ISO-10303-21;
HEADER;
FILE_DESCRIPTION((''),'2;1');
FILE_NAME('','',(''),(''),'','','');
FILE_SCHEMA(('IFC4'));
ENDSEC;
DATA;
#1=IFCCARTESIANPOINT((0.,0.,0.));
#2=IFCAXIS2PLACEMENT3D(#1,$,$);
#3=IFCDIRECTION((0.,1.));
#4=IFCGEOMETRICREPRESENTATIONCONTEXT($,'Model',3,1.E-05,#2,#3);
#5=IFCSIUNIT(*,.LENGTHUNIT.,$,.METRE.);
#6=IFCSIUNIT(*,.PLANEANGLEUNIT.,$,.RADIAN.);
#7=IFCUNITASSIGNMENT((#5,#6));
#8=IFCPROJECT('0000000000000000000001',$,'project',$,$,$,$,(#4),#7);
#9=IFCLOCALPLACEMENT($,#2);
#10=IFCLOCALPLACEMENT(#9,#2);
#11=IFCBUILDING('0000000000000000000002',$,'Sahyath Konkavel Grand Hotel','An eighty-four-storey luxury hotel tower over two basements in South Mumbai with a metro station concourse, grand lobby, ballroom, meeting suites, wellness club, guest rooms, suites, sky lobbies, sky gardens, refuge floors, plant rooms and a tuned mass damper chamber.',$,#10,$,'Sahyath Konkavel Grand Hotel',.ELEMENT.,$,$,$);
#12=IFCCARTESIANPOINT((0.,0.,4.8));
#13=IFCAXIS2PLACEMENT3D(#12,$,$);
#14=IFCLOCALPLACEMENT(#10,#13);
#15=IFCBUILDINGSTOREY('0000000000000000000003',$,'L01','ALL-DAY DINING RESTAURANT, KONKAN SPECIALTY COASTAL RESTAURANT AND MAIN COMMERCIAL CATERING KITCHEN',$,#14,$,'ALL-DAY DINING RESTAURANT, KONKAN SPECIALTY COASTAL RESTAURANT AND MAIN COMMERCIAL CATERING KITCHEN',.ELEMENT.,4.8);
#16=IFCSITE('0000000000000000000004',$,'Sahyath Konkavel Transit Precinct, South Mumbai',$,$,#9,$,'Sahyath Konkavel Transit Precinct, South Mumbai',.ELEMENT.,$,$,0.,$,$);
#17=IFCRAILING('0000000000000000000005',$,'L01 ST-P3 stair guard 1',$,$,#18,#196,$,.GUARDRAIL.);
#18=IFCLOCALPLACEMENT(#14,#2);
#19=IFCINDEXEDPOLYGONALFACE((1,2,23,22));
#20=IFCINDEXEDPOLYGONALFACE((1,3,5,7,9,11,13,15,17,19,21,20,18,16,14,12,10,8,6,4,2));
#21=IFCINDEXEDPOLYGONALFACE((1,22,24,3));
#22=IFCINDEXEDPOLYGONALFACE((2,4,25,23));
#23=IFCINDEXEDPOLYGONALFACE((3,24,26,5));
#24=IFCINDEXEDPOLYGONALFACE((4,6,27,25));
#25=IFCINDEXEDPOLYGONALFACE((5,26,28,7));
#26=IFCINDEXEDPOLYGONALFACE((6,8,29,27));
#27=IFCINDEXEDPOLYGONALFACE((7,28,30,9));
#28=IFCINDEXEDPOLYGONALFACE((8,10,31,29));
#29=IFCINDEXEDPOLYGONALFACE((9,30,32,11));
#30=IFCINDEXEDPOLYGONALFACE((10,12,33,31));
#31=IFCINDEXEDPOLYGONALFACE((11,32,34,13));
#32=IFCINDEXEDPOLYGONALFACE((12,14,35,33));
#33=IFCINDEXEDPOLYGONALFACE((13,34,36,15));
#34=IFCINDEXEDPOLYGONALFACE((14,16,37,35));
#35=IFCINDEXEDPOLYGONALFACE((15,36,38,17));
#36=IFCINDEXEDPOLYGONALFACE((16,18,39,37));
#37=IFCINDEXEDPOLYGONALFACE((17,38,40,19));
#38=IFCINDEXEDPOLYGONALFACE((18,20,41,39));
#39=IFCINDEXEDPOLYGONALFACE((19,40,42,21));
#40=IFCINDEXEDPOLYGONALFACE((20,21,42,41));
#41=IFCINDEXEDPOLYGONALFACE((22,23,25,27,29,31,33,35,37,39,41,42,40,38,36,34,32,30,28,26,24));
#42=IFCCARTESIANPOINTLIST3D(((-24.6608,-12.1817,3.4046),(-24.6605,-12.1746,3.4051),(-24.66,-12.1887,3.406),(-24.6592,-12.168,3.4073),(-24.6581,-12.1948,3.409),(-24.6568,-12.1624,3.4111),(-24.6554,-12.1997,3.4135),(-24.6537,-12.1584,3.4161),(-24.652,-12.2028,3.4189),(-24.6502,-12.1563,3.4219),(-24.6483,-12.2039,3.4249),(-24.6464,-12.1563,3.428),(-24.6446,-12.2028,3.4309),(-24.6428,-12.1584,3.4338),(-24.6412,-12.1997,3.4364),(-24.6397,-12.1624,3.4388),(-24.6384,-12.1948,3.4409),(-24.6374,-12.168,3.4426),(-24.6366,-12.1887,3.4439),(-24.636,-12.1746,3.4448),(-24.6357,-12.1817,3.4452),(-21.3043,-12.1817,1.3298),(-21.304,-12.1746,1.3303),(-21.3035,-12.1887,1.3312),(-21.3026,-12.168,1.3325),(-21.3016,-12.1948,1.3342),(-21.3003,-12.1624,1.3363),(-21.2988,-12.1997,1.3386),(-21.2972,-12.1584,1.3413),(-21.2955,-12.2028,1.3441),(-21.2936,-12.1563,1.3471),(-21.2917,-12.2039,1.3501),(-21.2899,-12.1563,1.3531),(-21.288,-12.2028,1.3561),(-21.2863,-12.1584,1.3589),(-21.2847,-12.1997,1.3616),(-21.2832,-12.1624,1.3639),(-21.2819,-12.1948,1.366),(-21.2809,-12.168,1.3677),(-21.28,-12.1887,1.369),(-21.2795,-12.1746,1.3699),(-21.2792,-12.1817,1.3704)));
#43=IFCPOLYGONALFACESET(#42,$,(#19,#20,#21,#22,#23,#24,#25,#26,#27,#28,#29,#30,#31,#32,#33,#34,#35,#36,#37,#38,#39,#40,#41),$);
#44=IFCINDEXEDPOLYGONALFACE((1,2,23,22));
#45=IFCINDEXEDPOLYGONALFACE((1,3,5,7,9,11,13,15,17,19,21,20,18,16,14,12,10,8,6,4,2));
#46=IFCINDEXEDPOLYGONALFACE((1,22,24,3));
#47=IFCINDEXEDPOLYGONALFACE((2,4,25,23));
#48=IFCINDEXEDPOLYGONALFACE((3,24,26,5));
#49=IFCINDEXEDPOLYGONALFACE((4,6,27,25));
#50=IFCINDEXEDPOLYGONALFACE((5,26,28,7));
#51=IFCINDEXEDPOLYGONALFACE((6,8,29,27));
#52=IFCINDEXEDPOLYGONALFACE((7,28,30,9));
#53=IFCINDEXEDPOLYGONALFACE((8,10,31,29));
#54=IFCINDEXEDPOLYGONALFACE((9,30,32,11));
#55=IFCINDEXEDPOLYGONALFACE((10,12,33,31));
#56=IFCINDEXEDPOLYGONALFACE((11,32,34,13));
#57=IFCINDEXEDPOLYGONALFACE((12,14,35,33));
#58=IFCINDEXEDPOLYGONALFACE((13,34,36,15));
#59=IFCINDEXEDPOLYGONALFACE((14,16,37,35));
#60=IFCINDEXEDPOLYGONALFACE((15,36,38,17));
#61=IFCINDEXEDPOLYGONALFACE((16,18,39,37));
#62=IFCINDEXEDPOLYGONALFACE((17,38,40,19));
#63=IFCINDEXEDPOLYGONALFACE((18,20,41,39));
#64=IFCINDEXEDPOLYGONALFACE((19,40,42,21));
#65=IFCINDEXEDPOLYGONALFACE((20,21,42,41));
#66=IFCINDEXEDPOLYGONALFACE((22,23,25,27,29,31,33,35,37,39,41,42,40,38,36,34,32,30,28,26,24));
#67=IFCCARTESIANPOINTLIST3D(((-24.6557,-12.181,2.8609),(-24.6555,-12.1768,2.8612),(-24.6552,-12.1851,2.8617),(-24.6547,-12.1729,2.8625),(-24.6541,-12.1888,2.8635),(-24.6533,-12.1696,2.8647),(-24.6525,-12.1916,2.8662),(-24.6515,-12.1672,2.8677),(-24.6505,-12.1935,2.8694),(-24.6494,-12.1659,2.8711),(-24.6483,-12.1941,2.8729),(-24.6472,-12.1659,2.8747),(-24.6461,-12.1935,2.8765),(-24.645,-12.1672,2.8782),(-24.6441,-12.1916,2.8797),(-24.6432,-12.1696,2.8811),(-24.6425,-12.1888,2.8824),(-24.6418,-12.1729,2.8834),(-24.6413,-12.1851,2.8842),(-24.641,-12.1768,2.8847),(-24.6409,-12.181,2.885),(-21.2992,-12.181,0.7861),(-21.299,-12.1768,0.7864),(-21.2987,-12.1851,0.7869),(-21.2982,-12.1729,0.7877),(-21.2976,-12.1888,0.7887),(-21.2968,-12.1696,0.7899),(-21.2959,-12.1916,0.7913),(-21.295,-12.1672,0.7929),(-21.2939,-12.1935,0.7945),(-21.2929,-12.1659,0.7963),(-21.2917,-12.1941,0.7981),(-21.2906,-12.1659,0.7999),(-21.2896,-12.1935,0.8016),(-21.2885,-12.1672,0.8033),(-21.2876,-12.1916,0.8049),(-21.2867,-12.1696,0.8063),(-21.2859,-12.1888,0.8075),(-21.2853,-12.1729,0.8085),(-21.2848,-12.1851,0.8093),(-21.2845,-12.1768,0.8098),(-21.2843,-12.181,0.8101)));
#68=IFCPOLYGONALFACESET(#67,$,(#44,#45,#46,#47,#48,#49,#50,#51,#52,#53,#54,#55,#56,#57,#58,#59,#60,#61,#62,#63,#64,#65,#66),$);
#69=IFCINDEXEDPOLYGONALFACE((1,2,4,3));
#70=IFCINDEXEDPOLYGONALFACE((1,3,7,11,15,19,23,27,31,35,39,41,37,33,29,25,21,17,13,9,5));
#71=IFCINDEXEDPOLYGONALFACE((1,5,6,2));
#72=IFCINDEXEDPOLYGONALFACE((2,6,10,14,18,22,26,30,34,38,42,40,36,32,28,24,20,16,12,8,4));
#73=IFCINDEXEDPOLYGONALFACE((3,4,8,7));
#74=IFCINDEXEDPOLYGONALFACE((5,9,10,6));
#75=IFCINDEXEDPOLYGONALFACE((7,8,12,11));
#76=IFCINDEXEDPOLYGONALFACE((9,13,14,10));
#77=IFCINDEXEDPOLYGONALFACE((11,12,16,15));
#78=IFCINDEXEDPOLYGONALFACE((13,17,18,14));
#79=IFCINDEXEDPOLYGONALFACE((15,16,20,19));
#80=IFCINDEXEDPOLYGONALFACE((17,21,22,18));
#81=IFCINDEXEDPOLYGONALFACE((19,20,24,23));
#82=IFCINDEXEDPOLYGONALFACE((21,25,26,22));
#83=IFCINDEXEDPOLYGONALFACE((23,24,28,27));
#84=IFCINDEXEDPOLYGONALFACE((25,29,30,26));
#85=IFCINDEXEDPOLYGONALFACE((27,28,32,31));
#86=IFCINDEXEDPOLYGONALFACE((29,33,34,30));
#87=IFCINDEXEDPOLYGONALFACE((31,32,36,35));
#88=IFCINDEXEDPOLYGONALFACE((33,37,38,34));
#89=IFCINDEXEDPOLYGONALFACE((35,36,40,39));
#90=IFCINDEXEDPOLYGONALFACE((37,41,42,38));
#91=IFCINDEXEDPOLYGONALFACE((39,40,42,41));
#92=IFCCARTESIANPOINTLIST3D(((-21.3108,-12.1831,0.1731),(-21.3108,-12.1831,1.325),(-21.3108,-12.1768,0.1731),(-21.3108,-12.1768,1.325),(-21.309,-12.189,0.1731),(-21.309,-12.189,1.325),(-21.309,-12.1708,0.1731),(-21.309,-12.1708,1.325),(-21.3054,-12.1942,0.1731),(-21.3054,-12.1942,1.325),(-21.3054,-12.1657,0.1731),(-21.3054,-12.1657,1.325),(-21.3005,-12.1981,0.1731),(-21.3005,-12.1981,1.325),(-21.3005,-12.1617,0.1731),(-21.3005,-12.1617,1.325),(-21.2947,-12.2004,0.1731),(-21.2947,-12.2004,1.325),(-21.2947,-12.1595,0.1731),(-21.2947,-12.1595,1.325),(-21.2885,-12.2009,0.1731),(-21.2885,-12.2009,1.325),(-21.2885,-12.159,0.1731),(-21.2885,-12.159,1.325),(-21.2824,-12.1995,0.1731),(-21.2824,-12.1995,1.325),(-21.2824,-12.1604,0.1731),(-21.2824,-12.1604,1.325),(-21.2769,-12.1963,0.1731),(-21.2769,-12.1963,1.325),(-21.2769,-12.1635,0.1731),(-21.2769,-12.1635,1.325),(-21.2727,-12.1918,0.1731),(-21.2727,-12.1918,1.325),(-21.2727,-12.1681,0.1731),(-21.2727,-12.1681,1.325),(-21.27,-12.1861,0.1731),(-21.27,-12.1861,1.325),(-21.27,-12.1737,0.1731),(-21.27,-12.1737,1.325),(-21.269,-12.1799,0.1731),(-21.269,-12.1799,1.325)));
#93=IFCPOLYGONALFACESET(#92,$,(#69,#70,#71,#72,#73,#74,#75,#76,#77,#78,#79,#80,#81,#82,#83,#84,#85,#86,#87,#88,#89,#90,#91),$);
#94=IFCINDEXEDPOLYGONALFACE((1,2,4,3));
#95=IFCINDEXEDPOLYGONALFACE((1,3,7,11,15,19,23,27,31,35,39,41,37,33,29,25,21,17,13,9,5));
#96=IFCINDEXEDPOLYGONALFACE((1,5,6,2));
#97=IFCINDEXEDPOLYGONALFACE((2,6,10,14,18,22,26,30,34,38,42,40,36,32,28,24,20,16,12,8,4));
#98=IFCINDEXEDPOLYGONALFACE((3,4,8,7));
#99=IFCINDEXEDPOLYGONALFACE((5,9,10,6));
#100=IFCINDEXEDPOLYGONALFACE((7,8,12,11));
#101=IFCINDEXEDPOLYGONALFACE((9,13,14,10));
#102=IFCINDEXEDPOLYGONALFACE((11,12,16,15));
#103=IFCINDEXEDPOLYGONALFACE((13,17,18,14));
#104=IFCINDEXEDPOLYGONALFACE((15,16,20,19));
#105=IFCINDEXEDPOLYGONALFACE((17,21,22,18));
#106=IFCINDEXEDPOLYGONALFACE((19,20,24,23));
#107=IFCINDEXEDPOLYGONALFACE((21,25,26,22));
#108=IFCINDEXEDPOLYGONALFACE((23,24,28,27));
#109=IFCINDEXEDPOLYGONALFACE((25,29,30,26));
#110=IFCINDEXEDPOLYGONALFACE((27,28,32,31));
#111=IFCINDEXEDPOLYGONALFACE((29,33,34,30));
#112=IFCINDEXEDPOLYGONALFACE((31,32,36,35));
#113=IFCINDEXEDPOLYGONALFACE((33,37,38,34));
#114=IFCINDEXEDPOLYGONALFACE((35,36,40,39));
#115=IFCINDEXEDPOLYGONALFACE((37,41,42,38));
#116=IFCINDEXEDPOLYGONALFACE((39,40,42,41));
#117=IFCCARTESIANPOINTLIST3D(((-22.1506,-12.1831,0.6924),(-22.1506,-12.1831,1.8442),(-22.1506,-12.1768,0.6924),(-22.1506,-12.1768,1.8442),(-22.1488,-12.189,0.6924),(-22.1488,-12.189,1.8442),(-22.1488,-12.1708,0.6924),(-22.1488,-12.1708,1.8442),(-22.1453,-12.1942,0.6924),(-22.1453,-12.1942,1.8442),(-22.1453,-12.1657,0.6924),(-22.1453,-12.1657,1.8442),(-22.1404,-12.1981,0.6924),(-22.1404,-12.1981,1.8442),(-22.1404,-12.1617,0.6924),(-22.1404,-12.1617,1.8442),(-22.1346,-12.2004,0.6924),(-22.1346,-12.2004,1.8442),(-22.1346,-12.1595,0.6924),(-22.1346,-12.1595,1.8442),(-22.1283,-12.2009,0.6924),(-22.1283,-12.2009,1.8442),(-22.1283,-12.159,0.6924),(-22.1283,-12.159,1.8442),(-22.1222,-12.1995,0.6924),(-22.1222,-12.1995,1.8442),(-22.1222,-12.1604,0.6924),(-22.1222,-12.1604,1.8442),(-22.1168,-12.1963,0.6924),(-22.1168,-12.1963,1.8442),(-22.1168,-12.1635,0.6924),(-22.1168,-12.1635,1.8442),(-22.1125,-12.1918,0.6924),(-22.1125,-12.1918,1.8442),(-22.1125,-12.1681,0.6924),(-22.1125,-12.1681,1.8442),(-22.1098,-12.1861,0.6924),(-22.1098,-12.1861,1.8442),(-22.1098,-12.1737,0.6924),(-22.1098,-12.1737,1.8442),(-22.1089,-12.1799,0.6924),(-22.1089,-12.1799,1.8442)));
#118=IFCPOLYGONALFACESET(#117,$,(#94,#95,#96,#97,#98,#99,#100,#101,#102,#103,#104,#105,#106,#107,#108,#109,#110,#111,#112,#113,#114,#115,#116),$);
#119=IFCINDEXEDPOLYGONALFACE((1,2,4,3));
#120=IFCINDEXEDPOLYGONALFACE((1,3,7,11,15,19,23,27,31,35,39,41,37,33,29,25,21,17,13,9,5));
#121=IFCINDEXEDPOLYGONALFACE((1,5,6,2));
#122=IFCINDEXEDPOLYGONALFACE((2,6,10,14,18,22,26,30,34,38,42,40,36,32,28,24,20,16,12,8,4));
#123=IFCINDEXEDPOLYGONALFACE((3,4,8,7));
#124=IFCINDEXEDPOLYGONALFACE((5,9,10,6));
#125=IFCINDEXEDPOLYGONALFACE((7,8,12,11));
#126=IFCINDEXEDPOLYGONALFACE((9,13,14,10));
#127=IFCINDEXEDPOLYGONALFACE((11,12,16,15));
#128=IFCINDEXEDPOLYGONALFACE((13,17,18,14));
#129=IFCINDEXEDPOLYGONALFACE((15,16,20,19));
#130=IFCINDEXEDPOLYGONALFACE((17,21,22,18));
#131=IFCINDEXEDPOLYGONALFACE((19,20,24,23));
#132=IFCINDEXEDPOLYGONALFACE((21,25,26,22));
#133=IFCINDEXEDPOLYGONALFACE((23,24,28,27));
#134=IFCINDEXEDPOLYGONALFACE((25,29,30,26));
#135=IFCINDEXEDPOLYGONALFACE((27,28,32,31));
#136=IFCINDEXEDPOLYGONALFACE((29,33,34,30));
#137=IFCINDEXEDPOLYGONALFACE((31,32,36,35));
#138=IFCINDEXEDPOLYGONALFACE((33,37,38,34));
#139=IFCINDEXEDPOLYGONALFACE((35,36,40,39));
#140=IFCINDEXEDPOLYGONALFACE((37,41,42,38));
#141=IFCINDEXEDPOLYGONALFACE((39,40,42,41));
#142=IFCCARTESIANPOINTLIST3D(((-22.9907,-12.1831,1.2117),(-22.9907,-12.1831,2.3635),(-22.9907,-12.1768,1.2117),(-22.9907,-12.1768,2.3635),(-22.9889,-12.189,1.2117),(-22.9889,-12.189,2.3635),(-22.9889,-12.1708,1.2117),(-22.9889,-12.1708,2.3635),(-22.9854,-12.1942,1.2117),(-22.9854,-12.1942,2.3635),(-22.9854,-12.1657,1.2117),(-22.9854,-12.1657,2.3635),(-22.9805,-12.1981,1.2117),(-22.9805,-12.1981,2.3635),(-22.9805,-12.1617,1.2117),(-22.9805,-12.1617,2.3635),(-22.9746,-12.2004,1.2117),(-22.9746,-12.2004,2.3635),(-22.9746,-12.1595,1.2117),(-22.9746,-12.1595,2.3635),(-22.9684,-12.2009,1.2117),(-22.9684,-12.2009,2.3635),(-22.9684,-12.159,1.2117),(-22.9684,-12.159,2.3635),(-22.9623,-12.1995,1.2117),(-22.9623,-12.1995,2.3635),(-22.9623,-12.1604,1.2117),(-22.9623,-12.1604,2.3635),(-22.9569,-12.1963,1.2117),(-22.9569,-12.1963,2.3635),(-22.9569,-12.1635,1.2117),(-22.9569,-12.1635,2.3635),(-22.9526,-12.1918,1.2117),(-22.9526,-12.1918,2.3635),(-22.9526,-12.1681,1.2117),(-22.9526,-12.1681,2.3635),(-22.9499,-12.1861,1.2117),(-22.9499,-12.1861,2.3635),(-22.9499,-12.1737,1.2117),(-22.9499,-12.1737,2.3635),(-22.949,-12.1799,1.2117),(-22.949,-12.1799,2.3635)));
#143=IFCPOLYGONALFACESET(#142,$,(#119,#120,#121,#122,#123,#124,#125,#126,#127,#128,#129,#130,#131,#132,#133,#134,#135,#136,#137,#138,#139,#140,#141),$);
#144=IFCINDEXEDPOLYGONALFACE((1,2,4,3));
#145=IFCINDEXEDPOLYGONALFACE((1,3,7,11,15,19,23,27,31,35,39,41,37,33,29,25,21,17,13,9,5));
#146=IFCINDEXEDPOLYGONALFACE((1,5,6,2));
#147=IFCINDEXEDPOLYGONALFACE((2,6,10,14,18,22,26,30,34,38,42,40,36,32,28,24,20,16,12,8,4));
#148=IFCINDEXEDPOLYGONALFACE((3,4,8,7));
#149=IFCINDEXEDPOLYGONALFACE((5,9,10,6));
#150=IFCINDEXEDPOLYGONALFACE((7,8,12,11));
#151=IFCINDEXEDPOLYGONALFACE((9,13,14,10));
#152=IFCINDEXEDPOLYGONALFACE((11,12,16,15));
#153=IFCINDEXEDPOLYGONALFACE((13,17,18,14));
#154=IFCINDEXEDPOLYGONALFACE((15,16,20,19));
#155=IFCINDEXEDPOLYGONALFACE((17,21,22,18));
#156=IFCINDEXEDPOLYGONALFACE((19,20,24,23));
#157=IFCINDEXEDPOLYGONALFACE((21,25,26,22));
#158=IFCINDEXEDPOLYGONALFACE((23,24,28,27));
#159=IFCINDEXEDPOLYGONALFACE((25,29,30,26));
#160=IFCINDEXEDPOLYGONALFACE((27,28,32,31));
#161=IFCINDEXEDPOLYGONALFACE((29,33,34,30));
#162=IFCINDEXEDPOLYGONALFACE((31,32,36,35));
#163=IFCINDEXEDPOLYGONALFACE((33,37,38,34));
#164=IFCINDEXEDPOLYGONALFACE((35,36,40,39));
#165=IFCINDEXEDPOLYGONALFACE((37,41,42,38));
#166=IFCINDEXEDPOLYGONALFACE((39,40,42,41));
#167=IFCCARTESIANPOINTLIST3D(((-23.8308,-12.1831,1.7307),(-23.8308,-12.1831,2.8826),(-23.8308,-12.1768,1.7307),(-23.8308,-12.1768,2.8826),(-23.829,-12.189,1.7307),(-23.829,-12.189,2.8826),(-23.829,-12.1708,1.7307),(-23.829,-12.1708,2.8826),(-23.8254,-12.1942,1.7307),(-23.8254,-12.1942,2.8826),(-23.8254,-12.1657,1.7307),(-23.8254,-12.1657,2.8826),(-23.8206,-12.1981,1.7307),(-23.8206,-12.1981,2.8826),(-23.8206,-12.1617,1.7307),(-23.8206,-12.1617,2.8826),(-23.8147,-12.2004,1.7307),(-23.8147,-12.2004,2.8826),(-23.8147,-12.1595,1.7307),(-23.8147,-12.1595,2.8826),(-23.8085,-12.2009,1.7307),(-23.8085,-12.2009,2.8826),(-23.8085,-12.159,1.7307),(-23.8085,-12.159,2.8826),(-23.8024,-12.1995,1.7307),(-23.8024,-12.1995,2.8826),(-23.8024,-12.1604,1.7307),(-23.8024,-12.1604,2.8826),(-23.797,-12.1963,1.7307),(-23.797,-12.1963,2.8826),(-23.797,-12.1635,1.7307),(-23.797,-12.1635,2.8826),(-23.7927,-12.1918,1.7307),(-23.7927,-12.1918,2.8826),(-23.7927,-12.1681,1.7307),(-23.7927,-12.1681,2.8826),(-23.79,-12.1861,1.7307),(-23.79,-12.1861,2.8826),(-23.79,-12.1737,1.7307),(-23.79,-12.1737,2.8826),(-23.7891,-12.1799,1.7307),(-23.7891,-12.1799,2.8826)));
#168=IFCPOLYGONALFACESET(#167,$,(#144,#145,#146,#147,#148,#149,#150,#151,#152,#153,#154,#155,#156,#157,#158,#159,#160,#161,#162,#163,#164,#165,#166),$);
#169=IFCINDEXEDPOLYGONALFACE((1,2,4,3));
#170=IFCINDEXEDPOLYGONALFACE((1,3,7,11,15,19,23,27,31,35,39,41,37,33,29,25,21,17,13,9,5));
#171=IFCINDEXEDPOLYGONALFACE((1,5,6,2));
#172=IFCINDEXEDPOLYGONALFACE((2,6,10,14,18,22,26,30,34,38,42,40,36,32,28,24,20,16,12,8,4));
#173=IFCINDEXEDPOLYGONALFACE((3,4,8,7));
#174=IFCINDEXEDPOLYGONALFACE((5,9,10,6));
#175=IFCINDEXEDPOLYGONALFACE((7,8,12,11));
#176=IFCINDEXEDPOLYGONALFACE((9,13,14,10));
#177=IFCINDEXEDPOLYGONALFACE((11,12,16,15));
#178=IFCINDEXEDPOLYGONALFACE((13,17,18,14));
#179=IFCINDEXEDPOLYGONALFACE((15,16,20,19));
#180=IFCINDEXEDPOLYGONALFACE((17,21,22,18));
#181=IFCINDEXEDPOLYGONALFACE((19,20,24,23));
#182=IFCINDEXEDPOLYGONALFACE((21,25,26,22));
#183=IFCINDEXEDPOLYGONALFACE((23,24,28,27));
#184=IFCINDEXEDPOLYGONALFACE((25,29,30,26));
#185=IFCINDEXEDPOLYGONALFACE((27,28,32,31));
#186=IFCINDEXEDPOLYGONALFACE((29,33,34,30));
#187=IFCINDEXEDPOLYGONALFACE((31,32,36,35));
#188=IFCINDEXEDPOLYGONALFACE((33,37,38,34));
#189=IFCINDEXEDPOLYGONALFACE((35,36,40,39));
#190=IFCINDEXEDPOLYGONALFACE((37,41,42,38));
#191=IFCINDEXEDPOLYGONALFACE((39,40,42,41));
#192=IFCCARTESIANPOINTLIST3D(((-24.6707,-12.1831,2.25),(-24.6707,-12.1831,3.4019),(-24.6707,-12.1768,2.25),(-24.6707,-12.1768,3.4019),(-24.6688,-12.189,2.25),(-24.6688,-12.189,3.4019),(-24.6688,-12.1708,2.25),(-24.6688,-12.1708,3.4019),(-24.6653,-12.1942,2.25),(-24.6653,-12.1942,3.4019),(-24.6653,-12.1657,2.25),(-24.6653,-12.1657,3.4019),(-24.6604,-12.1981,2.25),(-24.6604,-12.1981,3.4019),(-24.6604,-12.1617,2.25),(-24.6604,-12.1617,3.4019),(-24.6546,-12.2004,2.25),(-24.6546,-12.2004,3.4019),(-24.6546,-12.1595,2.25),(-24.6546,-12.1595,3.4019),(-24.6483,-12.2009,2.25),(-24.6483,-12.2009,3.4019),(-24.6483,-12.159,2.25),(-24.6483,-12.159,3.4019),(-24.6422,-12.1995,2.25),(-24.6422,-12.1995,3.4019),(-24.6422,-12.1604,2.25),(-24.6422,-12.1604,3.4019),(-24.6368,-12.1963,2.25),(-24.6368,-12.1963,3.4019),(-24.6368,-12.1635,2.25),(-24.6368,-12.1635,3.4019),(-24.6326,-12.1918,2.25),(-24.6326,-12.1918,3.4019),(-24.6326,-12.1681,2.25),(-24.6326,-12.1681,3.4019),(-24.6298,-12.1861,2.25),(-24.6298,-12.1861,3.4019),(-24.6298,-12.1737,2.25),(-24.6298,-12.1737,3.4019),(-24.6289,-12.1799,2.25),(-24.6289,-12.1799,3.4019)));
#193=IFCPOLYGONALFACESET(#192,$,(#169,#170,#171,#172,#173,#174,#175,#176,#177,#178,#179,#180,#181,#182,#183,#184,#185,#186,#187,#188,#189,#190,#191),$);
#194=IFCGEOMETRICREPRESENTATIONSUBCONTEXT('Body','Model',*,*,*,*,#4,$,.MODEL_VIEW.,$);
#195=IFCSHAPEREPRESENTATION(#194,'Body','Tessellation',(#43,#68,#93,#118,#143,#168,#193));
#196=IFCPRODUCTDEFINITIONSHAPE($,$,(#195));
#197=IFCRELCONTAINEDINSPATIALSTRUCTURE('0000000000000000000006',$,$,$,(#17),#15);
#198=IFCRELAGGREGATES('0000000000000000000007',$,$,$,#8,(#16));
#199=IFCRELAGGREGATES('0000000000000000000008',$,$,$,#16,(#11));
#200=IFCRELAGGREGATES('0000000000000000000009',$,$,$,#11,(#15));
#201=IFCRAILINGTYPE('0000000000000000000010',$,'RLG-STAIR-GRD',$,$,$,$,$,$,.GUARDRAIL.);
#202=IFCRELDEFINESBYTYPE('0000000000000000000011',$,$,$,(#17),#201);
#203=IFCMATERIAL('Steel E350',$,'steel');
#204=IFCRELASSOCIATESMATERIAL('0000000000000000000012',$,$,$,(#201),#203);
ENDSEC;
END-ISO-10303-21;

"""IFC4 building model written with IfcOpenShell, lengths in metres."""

from ifc_helpers import new_model, si_unit, direction, frame, origin, origin_2d, place, context, subcontext, project, spatial, circle, extrude, material, type_object, element, save


model = new_model("IFC4")

# Units and contexts
model_context = context("Model", 3, precision=1e-05, world=origin(), true_north=direction((0.0, 1.0)))
body_context = subcontext(model_context, "Body", "Model", "MODEL_VIEW")
ifc_project = project(units=[si_unit("LENGTHUNIT", "METRE"), si_unit("PLANEANGLEUNIT", "RADIAN")], contexts=[model_context])

# Site, building, storey
site_placement = place(None, origin())
site = spatial("IfcSite", under=ifc_project, at=site_placement, Name="Sahyath Konkavel Transit Precinct, South Mumbai", LongName="Sahyath Konkavel Transit Precinct, South Mumbai", CompositionType="ELEMENT", RefElevation=0.0)
building_placement = place(site_placement, origin())
building = spatial("IfcBuilding", under=site, at=building_placement, Name="Sahyath Konkavel Grand Hotel", Description="An eighty-four-storey luxury hotel tower over two basements in South Mumbai with a metro station concourse, grand lobby, ballroom, meeting suites, wellness club, guest rooms, suites, sky lobbies, sky gardens, refuge floors, plant rooms and a tuned mass damper chamber.", LongName="Sahyath Konkavel Grand Hotel", CompositionType="ELEMENT")
storey_placement = place(building_placement, frame((0.0, 0.0, 4.8)))
storey = spatial("IfcBuildingStorey", under=building, at=storey_placement, Name="L01", Description="ALL-DAY DINING RESTAURANT, KONKAN SPECIALTY COASTAL RESTAURANT AND MAIN COMMERCIAL CATERING KITCHEN", LongName="ALL-DAY DINING RESTAURANT, KONKAN SPECIALTY COASTAL RESTAURANT AND MAIN COMMERCIAL CATERING KITCHEN", CompositionType="ELEMENT", Elevation=4.8)

# Shared definitions
ifc_material_1 = material(Name="Steel E350", Category="steel")

# Railing
railing_type_1 = type_object("IfcRailingType", Name="RLG-STAIR-GRD", PredefinedType="GUARDRAIL", material=ifc_material_1)
railing_1_placement = place(storey_placement, frame((-21.29, -12.1799, 0.1731)))
element("IfcRailing", 1, at=railing_1_placement, inside=storey, type_object=railing_type_1, Name="L01 ST-P3 stair guard 1", PredefinedType="GUARDRAIL", context=body_context, shape_type="SweptSolid", body=[
    extrude(circle(Radius=0.0239, at=origin_2d()), frame((-0.0017, 0.0, 1.177), z_axis=(-0.850606, 0.0, 0.525803), x_axis=(0.0, -1.0, 0.0)), (0.0, 0.0, 1.0), 3.946),
    extrude(circle(Radius=0.0142, at=origin_2d()), frame((-0.0017, 0.0, 0.625), z_axis=(-0.850606, 0.0, 0.525803), x_axis=(0.0, -1.0, 0.0)), (0.0, 0.0, 1.0), 3.946),
    extrude(circle(Radius=0.021, at=origin_2d()), origin(), (0.0, 0.0, 1.0), 1.1519),
    extrude(circle(Radius=0.021, at=origin_2d()), frame((-0.8398, 0.0, 0.5193)), (0.0, 0.0, 1.0), 1.1519),
    extrude(circle(Radius=0.021, at=origin_2d()), frame((-1.6799, 0.0, 1.0386)), (0.0, 0.0, 1.0), 1.1519),
    extrude(circle(Radius=0.021, at=origin_2d()), frame((-2.52, 0.0, 1.5576)), (0.0, 0.0, 1.0), 1.1519),
    extrude(circle(Radius=0.021, at=origin_2d()), frame((-3.3599, 0.0, 2.0769)), (0.0, 0.0, 1.0), 1.1519),
])

save(model, "model.ifc")
